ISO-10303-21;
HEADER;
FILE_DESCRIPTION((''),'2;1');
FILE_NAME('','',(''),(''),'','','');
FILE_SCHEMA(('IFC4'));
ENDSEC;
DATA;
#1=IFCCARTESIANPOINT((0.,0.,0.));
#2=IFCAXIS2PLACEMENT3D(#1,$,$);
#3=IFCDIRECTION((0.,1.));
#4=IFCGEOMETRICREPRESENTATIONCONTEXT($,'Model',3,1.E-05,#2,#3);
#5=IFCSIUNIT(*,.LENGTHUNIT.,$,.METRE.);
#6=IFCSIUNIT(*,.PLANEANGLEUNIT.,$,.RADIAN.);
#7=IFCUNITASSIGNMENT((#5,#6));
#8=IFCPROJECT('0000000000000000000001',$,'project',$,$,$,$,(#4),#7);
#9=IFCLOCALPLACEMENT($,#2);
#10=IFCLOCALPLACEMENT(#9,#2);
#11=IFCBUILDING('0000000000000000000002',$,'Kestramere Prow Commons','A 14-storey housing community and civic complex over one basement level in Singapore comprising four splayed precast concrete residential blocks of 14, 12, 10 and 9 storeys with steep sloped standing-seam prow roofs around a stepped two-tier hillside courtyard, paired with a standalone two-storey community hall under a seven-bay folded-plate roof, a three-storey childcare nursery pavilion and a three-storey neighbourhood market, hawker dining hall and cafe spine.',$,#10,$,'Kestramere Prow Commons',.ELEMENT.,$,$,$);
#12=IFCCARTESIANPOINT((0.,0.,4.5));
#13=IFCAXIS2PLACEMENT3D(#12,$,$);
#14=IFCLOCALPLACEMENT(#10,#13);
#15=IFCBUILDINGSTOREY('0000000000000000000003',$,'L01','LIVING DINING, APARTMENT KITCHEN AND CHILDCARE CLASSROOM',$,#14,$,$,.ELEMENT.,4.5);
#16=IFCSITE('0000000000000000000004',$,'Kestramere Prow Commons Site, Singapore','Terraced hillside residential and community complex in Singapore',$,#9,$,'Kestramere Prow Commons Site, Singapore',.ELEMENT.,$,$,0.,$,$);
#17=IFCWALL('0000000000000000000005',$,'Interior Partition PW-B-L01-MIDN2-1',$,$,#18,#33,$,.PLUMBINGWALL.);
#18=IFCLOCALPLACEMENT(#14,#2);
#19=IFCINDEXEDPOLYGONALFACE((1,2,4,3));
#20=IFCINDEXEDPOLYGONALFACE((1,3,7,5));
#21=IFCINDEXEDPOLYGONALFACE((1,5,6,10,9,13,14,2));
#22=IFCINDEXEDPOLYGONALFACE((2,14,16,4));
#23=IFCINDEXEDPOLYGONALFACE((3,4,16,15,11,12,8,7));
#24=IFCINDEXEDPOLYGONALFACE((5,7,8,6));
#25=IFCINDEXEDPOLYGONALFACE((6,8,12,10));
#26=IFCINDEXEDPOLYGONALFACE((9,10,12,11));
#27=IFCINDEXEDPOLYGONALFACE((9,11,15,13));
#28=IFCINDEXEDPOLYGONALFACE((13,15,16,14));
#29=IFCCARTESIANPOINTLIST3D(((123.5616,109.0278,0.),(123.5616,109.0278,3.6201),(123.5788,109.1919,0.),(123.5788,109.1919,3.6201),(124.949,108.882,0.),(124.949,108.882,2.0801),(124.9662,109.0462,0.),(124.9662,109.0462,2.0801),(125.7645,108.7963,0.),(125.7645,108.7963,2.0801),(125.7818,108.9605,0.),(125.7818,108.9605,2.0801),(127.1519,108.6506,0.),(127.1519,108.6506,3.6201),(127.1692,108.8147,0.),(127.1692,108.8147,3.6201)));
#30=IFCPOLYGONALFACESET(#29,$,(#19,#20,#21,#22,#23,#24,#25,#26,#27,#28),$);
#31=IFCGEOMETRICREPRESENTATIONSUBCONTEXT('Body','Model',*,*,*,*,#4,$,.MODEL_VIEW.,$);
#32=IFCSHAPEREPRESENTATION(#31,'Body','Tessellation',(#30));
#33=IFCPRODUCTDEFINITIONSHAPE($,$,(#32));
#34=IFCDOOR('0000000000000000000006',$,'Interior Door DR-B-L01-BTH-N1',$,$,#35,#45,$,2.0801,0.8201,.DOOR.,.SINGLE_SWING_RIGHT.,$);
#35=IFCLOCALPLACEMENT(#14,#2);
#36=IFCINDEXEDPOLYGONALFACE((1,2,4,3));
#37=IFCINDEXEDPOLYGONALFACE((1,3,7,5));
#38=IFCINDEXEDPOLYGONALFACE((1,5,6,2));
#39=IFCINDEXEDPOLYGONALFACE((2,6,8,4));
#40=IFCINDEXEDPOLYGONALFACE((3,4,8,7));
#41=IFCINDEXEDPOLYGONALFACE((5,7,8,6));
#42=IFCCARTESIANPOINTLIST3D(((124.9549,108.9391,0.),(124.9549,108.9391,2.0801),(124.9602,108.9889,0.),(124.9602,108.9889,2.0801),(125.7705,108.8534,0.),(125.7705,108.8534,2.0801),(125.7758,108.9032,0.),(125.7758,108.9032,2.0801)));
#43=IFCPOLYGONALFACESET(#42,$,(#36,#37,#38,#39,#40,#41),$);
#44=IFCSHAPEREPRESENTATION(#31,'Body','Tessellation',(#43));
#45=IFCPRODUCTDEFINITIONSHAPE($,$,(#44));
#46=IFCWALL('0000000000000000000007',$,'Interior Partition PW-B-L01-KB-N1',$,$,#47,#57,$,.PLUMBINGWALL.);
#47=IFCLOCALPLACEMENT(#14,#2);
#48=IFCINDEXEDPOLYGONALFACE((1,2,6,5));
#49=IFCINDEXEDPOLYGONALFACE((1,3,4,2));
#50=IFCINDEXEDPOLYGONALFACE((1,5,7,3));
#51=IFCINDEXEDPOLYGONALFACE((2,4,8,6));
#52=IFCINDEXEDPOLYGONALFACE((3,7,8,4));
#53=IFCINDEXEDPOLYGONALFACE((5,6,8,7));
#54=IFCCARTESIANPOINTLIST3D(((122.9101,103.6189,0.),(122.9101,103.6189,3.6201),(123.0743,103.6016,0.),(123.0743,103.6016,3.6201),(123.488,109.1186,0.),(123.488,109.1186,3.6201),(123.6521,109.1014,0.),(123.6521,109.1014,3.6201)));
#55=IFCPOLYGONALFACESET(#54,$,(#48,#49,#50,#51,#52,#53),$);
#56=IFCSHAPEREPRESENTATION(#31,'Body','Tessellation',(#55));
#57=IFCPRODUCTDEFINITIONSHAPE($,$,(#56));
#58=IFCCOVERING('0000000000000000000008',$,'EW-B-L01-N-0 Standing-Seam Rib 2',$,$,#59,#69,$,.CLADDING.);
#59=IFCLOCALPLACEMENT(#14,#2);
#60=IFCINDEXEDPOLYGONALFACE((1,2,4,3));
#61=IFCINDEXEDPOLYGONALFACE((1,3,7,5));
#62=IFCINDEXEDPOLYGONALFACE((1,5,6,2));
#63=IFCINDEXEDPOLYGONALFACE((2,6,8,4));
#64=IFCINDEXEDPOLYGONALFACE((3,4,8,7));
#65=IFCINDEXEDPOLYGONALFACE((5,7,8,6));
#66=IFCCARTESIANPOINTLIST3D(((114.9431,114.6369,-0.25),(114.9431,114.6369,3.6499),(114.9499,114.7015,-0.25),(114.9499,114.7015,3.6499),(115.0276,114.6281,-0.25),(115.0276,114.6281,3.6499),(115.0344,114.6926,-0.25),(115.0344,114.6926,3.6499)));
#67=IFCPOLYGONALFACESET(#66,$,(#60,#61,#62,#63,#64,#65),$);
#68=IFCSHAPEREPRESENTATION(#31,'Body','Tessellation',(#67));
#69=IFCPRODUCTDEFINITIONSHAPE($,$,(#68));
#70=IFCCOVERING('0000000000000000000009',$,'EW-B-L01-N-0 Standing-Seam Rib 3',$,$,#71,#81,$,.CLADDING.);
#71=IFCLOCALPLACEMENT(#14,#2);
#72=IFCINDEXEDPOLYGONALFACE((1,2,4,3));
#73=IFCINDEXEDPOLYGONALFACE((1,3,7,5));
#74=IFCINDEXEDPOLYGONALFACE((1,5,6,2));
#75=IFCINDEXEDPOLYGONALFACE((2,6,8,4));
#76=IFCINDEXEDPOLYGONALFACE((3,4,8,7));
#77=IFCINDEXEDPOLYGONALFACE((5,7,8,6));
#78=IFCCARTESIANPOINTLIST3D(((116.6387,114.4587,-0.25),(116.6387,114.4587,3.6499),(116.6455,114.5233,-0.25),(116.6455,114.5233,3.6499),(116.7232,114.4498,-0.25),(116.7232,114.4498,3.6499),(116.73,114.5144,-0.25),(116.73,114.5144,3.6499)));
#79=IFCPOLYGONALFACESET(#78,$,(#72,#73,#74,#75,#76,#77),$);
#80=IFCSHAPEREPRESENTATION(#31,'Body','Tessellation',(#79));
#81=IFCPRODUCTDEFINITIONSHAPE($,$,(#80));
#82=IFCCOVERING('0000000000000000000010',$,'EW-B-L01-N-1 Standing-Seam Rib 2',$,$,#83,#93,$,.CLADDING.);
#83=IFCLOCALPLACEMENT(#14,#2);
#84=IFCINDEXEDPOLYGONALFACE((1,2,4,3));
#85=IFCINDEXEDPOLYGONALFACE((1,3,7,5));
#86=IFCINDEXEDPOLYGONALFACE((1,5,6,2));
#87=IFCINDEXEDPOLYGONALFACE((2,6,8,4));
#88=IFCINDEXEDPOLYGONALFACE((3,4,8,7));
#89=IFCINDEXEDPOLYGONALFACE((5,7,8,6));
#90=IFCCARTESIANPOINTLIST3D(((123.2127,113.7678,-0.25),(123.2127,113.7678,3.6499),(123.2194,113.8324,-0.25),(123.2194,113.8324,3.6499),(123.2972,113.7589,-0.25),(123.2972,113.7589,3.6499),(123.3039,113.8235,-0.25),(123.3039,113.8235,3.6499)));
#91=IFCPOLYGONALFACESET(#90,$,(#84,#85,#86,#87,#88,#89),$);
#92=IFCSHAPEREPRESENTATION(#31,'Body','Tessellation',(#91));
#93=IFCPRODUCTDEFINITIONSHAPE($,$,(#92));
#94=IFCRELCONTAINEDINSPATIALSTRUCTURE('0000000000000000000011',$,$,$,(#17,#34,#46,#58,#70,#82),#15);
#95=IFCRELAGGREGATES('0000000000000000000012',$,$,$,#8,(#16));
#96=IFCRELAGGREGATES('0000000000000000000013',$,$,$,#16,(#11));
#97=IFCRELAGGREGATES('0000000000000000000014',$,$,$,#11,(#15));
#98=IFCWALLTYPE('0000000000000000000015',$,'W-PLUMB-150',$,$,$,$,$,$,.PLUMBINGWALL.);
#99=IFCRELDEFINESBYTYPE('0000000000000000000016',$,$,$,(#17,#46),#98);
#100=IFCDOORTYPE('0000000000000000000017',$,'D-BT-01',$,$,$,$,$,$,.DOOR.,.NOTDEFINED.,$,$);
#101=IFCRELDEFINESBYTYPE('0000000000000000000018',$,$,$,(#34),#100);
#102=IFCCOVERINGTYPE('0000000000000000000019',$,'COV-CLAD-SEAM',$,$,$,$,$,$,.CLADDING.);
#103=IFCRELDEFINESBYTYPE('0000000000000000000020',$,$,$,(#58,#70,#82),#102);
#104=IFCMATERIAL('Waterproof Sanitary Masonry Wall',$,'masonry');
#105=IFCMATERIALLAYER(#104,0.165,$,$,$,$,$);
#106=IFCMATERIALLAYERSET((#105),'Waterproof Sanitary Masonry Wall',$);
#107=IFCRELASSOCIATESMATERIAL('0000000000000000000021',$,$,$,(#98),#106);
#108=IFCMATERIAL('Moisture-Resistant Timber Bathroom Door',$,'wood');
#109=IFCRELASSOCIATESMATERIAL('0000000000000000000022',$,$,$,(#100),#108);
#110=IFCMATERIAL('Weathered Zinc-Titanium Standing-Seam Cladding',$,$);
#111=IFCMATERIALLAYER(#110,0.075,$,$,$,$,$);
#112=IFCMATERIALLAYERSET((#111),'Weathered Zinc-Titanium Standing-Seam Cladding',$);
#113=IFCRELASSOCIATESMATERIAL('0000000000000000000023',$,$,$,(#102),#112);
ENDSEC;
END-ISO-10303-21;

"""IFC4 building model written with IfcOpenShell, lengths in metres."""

from ifc_helpers import new_model, si_unit, direction, frame, frame_2d, origin, origin_2d, place, context, subcontext, project, spatial, rectangle, extrude, material, layer, layer_set, type_object, element, fill, save


model = new_model("IFC4")

# Units and contexts
model_context = context("Model", 3, precision=1e-05, world=origin(), true_north=direction((0.0, 1.0)))
body_context = subcontext(model_context, "Body", "Model", "MODEL_VIEW")
ifc_project = project(units=[si_unit("LENGTHUNIT", "METRE"), si_unit("PLANEANGLEUNIT", "RADIAN")], contexts=[model_context])

# Site, building, storey
site_placement = place(None, origin())
site = spatial("IfcSite", under=ifc_project, at=site_placement, Name="Kestramere Prow Commons Site, Singapore", Description="Terraced hillside residential and community complex in Singapore", LongName="Kestramere Prow Commons Site, Singapore", CompositionType="ELEMENT", RefElevation=0.0)
building_placement = place(site_placement, origin())
building = spatial("IfcBuilding", under=site, at=building_placement, Name="Kestramere Prow Commons", Description="A 14-storey housing community and civic complex over one basement level in Singapore comprising four splayed precast concrete residential blocks of 14, 12, 10 and 9 storeys with steep sloped standing-seam prow roofs around a stepped two-tier hillside courtyard, paired with a standalone two-storey community hall under a seven-bay folded-plate roof, a three-storey childcare nursery pavilion and a three-storey neighbourhood market, hawker dining hall and cafe spine.", LongName="Kestramere Prow Commons", CompositionType="ELEMENT")
storey_placement = place(building_placement, frame((0.0, 0.0, 4.5)))
storey = spatial("IfcBuildingStorey", under=building, at=storey_placement, Name="L01", Description="LIVING DINING, APARTMENT KITCHEN AND CHILDCARE CLASSROOM", CompositionType="ELEMENT", Elevation=4.5)

# Shared definitions
ifc_material_1 = material(Name="Waterproof Sanitary Masonry Wall", Category="masonry")
ifc_layer_1 = layer(ifc_material_1, 0.165)
ifc_layer_set_1 = layer_set([ifc_layer_1], Name="Waterproof Sanitary Masonry Wall")
wall_type_1 = type_object("IfcWallType", Name="W-PLUMB-150", PredefinedType="PLUMBINGWALL", material=ifc_layer_set_1)
ifc_material_2 = material(Name="Moisture-Resistant Timber Bathroom Door", Category="wood")
door_type_1 = type_object("IfcDoorType", Name="D-BT-01", OperationType="NOTDEFINED", PredefinedType="DOOR", material=ifc_material_2)

# Wall, opening, door
wall_1_placement = place(storey_placement, frame((123.5701, 109.1099, 0.0), z_axis=(0.0, 0.0, 1.0), x_axis=(0.994527, -0.104484, 0.0)))
wall_1 = element("IfcWall", 1, at=wall_1_placement, inside=storey, type_object=wall_type_1, Name="Interior Partition PW-B-L01-MIDN2-1", PredefinedType="PLUMBINGWALL", context=body_context, shape_type="SweptSolid", body=[
    extrude(rectangle(XDim=3.6101, YDim=0.165, at=frame_2d((1.8052, 0.0))), origin(), (0.0, 0.0, 1.0), 3.6201),
])
opening_1_placement = place(wall_1_placement, frame((1.395, 0.0, 0.0)))
opening_1 = element("IfcOpeningElement", 2, at=opening_1_placement, cuts=wall_1, PredefinedType="OPENING", context=body_context, shape_type="SweptSolid", body=[
    extrude(rectangle(XDim=0.8201, YDim=2.0801, at=frame_2d((0.4102, 1.04))), frame((0.0, 0.0974, 0.0), z_axis=(0.0, -1.0, 0.0), x_axis=(1.0, 0.0, 0.0)), (0.0, 0.0, 1.0), 0.1951),
])
door_1_placement = place(opening_1_placement, origin())
door_1 = element("IfcDoor", 3, at=door_1_placement, inside=storey, type_object=door_type_1, Name="Interior Door DR-B-L01-BTH-N1", OperationType="SINGLE_SWING_RIGHT", OverallHeight=2.0801, OverallWidth=0.8201, PredefinedType="DOOR", context=body_context, shape_type="SweptSolid", body=[
    extrude(rectangle(XDim=0.8201, YDim=2.0801, at=frame_2d((0.4102, 1.04))), frame((0.0, 0.0249, 0.0), z_axis=(0.0, -1.0, 0.0), x_axis=(1.0, 0.0, 0.0)), (0.0, 0.0, 1.0), 0.05),
])
fill(opening_1, door_1)

# Wall
wall_2_placement = place(storey_placement, frame((122.9922, 103.6101, 0.0), z_axis=(0.0, 0.0, 1.0), x_axis=(0.104499, 0.994525, 0.0)))
element("IfcWall", 4, at=wall_2_placement, inside=storey, type_object=wall_type_1, Name="Interior Partition PW-B-L01-KB-N1", PredefinedType="PLUMBINGWALL", context=body_context, shape_type="SweptSolid", body=[
    extrude(rectangle(XDim=5.53, YDim=0.165, at=frame_2d((2.7651, 0.0))), origin(), (0.0, 0.0, 1.0), 3.6201),
])

# Coverings
ifc_material_3 = material(Name="Weathered Zinc-Titanium Standing-Seam Cladding")
ifc_layer_2 = layer(ifc_material_3, 0.075)
ifc_layer_set_2 = layer_set([ifc_layer_2], Name="Weathered Zinc-Titanium Standing-Seam Cladding")
covering_type = type_object("IfcCoveringType", Name="COV-CLAD-SEAM", PredefinedType="CLADDING", material=ifc_layer_set_2)
for number, where, z_axis, x_axis, name in (
    (5, (114.9888, 114.6648, -0.25), (0.0, 0.0, 1.0), (0.994522, -0.104528, 0.0), "EW-B-L01-N-0 Standing-Seam Rib 2"),
    (6, (116.6843, 114.4866, -0.25), (0.0, 0.0, 1.0), (0.994522, -0.104528, 0.0), "EW-B-L01-N-0 Standing-Seam Rib 3"),
    (7, (123.2583, 113.7957, -0.25), (0.0, 0.0, 1.0), (0.994522, -0.104528, 0.0), "EW-B-L01-N-1 Standing-Seam Rib 2"),
):
    element("IfcCovering", number, at=place(storey_placement, frame(where, z_axis=z_axis, x_axis=x_axis)), inside=storey, type_object=covering_type, Name=name, PredefinedType="CLADDING", context=body_context, shape_type="SweptSolid", body=[
        extrude(rectangle(XDim=0.085, YDim=0.0649, at=origin_2d()), origin(), (0.0, 0.0, 1.0), 3.8999),
    ])

save(model, "model.ifc")
